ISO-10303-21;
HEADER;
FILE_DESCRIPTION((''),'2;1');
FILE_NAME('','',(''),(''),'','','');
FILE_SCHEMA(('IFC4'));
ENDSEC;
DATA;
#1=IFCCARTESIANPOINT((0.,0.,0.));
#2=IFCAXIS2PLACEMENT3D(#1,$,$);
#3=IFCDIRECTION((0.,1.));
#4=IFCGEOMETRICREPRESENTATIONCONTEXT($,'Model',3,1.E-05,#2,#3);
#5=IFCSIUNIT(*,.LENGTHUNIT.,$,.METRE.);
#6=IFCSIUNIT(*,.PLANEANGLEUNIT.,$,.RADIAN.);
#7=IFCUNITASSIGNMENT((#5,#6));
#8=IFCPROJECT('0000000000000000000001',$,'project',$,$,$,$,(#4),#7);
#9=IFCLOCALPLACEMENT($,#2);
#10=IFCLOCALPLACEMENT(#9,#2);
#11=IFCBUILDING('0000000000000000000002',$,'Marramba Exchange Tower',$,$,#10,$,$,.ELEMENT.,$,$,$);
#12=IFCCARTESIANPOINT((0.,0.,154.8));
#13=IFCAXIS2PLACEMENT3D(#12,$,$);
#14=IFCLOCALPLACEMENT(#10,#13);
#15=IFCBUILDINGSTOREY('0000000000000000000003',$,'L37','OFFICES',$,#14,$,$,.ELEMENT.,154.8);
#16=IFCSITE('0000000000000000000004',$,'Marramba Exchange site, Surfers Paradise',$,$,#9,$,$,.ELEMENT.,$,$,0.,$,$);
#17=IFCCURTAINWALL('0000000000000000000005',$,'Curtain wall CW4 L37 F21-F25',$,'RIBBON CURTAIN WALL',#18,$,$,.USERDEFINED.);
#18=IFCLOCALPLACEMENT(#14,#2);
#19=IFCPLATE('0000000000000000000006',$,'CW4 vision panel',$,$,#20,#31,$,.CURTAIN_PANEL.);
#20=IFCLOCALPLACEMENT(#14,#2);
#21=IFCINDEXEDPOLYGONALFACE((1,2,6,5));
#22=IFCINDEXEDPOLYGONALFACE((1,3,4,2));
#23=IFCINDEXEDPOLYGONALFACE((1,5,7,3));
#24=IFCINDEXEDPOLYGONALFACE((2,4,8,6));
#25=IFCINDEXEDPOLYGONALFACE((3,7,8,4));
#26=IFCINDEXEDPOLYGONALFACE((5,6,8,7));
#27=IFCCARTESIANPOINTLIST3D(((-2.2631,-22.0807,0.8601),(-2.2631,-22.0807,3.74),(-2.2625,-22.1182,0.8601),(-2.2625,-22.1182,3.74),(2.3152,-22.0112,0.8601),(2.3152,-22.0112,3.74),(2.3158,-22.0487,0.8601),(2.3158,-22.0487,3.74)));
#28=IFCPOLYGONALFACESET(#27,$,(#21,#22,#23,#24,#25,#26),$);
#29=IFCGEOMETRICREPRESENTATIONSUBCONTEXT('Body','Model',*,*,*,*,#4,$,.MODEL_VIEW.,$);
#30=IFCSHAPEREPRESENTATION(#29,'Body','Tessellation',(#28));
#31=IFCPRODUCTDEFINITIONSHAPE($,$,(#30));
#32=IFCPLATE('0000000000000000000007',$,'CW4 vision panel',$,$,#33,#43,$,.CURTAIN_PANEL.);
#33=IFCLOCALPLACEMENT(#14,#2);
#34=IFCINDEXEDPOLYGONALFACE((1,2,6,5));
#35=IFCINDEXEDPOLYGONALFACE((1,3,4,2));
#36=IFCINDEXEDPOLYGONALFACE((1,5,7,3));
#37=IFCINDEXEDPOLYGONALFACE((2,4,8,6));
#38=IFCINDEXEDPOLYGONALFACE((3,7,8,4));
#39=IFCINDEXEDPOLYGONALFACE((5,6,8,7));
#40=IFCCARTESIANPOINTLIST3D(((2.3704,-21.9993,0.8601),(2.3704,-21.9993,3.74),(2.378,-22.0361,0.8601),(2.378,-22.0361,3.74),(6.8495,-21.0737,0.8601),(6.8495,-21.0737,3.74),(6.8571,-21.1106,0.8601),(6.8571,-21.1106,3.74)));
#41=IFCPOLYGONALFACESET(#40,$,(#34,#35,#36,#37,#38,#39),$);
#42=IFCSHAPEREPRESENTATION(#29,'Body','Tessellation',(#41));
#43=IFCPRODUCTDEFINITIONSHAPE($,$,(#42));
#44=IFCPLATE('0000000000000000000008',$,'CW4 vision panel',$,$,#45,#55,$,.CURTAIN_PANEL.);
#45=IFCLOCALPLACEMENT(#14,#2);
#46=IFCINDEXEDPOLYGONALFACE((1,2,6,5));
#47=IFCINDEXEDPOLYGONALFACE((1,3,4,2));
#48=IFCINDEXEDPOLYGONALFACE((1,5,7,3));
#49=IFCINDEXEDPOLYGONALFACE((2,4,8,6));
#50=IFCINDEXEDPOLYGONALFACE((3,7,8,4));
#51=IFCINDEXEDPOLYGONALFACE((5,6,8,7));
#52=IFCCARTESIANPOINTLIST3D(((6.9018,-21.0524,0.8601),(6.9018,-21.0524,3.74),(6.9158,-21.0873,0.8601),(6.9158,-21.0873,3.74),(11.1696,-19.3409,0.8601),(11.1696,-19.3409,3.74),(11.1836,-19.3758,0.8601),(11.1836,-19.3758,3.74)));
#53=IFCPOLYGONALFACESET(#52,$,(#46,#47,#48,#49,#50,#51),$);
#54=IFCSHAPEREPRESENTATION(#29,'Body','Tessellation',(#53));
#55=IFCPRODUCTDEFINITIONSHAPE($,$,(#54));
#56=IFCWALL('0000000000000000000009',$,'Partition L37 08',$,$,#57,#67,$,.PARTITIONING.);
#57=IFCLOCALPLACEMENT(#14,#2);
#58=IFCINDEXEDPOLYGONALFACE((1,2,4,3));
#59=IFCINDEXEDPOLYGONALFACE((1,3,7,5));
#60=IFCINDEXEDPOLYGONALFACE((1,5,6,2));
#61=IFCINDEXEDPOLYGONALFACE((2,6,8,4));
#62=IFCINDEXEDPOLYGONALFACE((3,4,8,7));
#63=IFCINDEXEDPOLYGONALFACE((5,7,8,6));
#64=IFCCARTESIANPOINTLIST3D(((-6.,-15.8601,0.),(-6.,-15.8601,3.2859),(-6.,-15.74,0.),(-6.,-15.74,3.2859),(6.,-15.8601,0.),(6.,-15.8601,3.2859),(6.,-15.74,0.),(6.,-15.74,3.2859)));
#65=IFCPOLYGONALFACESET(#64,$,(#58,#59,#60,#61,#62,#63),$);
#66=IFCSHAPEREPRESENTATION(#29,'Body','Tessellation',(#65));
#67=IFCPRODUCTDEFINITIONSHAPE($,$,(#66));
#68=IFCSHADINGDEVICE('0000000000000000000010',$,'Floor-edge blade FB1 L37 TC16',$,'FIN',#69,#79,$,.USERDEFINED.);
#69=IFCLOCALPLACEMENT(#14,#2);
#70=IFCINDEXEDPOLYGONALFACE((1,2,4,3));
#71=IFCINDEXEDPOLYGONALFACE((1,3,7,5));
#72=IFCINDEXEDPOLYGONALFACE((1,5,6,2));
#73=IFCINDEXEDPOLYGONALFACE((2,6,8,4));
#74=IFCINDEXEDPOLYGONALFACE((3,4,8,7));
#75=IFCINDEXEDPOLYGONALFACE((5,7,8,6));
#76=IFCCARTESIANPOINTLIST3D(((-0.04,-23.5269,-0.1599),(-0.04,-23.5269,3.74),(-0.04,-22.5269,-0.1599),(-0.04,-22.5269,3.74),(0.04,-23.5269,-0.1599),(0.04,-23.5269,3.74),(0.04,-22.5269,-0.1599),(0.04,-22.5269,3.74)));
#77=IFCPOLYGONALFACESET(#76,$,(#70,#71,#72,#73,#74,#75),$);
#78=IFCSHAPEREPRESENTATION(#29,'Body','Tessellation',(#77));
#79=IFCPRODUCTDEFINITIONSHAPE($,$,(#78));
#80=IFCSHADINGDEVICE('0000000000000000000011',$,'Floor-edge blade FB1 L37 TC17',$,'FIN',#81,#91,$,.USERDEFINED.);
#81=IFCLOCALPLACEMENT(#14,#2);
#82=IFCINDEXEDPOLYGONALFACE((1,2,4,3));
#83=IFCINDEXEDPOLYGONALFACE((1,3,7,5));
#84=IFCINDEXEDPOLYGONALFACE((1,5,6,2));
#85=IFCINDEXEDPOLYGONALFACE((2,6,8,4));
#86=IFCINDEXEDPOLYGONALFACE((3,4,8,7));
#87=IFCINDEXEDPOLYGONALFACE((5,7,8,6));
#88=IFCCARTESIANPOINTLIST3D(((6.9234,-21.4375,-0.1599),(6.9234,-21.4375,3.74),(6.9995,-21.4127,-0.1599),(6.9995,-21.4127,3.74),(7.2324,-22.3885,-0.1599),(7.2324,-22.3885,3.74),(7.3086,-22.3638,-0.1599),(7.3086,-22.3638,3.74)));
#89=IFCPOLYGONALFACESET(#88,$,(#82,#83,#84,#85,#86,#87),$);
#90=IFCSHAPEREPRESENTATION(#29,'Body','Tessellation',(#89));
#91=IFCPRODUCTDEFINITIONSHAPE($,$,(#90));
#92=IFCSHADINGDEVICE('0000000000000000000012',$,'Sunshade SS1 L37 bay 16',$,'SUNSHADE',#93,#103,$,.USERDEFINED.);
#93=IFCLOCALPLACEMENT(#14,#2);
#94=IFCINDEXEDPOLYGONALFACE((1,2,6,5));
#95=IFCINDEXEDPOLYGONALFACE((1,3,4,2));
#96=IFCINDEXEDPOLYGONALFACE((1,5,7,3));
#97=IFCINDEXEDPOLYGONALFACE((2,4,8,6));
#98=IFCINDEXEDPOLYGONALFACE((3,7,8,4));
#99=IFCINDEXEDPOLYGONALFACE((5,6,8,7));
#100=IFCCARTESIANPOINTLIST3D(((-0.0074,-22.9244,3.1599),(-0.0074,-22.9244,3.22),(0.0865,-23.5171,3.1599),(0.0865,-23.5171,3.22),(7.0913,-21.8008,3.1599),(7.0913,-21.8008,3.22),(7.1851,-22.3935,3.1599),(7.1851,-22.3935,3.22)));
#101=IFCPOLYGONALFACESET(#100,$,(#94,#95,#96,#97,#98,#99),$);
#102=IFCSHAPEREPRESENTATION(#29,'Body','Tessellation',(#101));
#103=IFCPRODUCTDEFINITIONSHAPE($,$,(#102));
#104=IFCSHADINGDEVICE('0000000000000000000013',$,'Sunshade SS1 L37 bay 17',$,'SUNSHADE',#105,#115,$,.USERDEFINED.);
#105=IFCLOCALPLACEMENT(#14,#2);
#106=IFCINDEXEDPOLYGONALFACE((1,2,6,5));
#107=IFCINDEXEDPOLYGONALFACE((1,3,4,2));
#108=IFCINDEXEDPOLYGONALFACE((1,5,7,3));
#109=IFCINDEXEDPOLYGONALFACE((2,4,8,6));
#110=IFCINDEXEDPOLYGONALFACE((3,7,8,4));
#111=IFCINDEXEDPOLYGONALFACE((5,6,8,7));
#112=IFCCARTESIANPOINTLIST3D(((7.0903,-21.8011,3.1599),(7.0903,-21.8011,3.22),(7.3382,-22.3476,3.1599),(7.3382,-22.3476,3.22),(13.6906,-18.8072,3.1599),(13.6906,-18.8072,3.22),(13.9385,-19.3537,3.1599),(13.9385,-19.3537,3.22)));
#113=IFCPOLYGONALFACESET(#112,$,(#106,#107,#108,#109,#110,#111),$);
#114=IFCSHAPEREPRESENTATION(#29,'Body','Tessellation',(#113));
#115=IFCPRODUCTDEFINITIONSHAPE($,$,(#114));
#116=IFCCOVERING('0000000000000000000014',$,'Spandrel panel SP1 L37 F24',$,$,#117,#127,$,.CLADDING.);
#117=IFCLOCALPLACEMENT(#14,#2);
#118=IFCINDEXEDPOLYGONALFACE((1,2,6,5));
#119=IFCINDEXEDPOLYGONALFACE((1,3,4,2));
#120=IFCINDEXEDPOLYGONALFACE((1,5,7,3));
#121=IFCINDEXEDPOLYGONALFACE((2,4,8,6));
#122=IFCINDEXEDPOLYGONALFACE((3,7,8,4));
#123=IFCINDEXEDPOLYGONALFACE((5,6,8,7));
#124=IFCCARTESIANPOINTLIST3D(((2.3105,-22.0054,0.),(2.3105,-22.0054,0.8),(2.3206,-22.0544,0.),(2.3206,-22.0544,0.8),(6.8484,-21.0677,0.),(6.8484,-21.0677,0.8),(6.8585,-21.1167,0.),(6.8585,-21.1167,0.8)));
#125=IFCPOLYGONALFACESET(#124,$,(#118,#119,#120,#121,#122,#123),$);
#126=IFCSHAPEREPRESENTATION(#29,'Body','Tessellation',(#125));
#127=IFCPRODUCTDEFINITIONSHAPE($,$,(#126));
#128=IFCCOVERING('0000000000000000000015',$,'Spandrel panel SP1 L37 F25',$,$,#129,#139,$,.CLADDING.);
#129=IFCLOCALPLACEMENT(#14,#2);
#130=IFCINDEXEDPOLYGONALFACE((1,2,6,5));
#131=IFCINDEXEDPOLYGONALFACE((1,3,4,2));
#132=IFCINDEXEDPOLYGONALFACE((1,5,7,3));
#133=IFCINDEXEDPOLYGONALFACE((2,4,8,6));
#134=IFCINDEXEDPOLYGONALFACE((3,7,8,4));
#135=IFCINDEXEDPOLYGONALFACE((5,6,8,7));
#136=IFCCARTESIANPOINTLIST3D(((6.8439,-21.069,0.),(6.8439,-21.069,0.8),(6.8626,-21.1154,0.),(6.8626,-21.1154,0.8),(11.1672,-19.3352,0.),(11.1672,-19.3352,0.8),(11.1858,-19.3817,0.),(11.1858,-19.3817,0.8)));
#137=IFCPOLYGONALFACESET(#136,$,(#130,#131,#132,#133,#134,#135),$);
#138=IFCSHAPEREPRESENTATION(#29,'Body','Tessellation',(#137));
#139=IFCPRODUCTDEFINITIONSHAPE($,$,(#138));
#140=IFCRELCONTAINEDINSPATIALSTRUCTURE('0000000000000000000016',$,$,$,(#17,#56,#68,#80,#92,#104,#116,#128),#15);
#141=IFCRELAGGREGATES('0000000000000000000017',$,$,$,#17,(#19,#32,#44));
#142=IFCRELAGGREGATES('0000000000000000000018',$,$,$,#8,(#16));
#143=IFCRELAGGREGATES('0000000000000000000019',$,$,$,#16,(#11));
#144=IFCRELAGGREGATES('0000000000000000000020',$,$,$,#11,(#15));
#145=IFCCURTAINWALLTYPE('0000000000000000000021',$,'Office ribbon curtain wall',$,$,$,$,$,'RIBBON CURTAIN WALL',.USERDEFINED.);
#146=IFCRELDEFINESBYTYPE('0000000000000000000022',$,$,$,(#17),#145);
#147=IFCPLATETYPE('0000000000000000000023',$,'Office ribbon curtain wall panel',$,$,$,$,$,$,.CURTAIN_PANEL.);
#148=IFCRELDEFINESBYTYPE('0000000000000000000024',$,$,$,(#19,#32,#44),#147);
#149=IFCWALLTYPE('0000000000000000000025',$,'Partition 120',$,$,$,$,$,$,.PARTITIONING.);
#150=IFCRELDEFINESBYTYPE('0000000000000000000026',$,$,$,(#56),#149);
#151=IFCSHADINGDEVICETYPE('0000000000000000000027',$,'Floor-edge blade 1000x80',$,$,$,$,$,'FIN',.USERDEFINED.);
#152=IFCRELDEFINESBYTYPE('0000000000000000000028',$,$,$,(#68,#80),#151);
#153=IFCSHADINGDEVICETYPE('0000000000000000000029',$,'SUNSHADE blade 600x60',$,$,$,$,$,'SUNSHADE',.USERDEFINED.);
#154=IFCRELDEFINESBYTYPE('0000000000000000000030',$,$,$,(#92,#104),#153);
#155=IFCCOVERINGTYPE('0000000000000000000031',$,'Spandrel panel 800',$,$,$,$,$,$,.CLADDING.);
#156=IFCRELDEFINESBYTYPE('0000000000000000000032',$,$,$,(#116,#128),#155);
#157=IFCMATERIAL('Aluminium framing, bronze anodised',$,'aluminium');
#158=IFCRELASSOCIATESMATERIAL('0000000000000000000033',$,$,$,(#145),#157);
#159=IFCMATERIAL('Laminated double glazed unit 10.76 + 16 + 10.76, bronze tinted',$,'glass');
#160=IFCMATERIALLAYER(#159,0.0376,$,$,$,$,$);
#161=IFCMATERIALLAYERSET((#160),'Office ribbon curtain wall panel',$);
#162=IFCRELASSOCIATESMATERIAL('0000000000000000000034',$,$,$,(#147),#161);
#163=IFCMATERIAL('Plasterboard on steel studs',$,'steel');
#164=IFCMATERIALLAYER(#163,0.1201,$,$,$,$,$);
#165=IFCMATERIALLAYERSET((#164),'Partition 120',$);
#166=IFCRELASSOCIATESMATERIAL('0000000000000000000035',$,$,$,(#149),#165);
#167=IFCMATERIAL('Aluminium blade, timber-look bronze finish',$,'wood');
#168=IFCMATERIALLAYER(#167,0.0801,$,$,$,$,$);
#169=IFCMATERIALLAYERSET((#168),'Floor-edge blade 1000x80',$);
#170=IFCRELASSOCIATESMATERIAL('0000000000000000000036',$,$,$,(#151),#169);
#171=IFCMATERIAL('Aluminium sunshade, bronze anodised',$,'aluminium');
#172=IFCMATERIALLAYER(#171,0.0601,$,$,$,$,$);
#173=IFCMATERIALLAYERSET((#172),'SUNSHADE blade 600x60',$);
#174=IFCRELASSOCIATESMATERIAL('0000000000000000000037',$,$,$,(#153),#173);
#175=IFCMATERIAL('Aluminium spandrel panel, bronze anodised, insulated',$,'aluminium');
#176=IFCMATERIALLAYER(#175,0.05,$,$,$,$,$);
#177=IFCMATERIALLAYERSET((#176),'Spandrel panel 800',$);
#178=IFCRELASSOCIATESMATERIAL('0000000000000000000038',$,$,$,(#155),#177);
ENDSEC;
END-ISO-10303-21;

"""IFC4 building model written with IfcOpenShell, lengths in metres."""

from ifc_helpers import new_model, si_unit, direction, frame, frame_2d, origin, origin_2d, place, context, subcontext, project, spatial, rectangle, extrude, material, layer, layer_set, type_object, element, aggregate, save


model = new_model("IFC4")

# Units and contexts
model_context = context("Model", 3, precision=1e-05, world=origin(), true_north=direction((0.0, 1.0)))
body_context = subcontext(model_context, "Body", "Model", "MODEL_VIEW")
ifc_project = project(units=[si_unit("LENGTHUNIT", "METRE"), si_unit("PLANEANGLEUNIT", "RADIAN")], contexts=[model_context])

# Site, building, storey
site_placement = place(None, origin())
site = spatial("IfcSite", under=ifc_project, at=site_placement, Name="Marramba Exchange site, Surfers Paradise", CompositionType="ELEMENT", RefElevation=0.0)
building_placement = place(site_placement, origin())
building = spatial("IfcBuilding", under=site, at=building_placement, Name="Marramba Exchange Tower", CompositionType="ELEMENT")
storey_placement = place(building_placement, frame((0.0, 0.0, 154.8)))
storey = spatial("IfcBuildingStorey", under=building, at=storey_placement, Name="L37", Description="OFFICES", CompositionType="ELEMENT", Elevation=154.8)

# Curtain wall
ifc_material_1 = material(Name="Aluminium framing, bronze anodised", Category="aluminium")
curtain_wall_type = type_object("IfcCurtainWallType", Name="Office ribbon curtain wall", ElementType="RIBBON CURTAIN WALL", PredefinedType="USERDEFINED", material=ifc_material_1)
curtain_wall_1_placement = place(storey_placement, origin())
curtain_wall_1 = element("IfcCurtainWall", 1, at=curtain_wall_1_placement, inside=storey, type_object=curtain_wall_type, Name="Curtain wall CW4 L37 F21-F25", ObjectType="RIBBON CURTAIN WALL", PredefinedType="USERDEFINED")

# Plates
ifc_material_2 = material(Name="Laminated double glazed unit 10.76 + 16 + 10.76, bronze tinted", Category="glass")
ifc_layer_1 = layer(ifc_material_2, 0.0376)
ifc_layer_set_1 = layer_set([ifc_layer_1], Name="Office ribbon curtain wall panel")
plate_type = type_object("IfcPlateType", Name="Office ribbon curtain wall panel", PredefinedType="CURTAIN_PANEL", material=ifc_layer_set_1)
plate_1_placement = place(storey_placement, frame((0.0264, -22.0647, 0.8601), z_axis=(0.0, 0.0, 1.0), x_axis=(0.999885, 0.015179, 0.0)))
plate_1 = element("IfcPlate", 2, at=plate_1_placement, type_object=plate_type, Name="CW4 vision panel", PredefinedType="CURTAIN_PANEL", context=body_context, shape_type="SweptSolid", body=[
    extrude(rectangle(XDim=4.5789, YDim=0.0376, at=origin_2d()), origin(), (0.0, 0.0, 1.0), 2.8799),
])
plate_2_placement = place(storey_placement, frame((4.6138, -21.5549, 0.8601), z_axis=(0.0, 0.0, 1.0), x_axis=(0.97931, 0.202365, 0.0)))
plate_2 = element("IfcPlate", 3, at=plate_2_placement, type_object=plate_type, Name="CW4 vision panel", PredefinedType="CURTAIN_PANEL", context=body_context, shape_type="SweptSolid", body=[
    extrude(rectangle(XDim=4.5737, YDim=0.0376, at=origin_2d()), origin(), (0.0, 0.0, 1.0), 2.8799),
])
plate_3_placement = place(storey_placement, frame((9.0427, -20.2141, 0.8601), z_axis=(0.0, 0.0, 1.0), x_axis=(0.928149, 0.372209, 0.0)))
plate_3 = element("IfcPlate", 4, at=plate_3_placement, type_object=plate_type, Name="CW4 vision panel", PredefinedType="CURTAIN_PANEL", context=body_context, shape_type="SweptSolid", body=[
    extrude(rectangle(XDim=4.5981, YDim=0.0376, at=origin_2d()), origin(), (0.0, 0.0, 1.0), 2.8799),
])
aggregate(curtain_wall_1, [plate_1, plate_2, plate_3])

# Wall
ifc_material_3 = material(Name="Plasterboard on steel studs", Category="steel")
ifc_layer_2 = layer(ifc_material_3, 0.1201)
ifc_layer_set_2 = layer_set([ifc_layer_2], Name="Partition 120")
wall_type = type_object("IfcWallType", Name="Partition 120", PredefinedType="PARTITIONING", material=ifc_layer_set_2)
wall_placement = place(storey_placement, frame((6.0, -15.8, 0.0), z_axis=(0.0, 0.0, 1.0), x_axis=(-1.0, 0.0, 0.0)))
element("IfcWall", 5, at=wall_placement, inside=storey, type_object=wall_type, Name="Partition L37 08", PredefinedType="PARTITIONING", context=body_context, shape_type="SweptSolid", body=[
    extrude(rectangle(XDim=12.0, YDim=0.1201, at=frame_2d((6.0, 0.0))), origin(), (0.0, 0.0, 1.0), 3.2859),
])

# Shading devices
ifc_material_4 = material(Name="Aluminium blade, timber-look bronze finish", Category="wood")
ifc_layer_3 = layer(ifc_material_4, 0.0801)
ifc_layer_set_3 = layer_set([ifc_layer_3], Name="Floor-edge blade 1000x80")
shading_device_type_1 = type_object("IfcShadingDeviceType", Name="Floor-edge blade 1000x80", ElementType="FIN", PredefinedType="USERDEFINED", material=ifc_layer_set_3)
for number, where, z_axis, x_axis, name in (
    (6, (0.0, -23.0269, -0.1599), (0.0, 0.0, 1.0), (0.0, -1.0, 0.0), "Floor-edge blade FB1 L37 TC16"),
    (7, (7.116, -21.9006, -0.1599), (0.0, 0.0, 1.0), (0.309017, -0.951057, 0.0), "Floor-edge blade FB1 L37 TC17"),
):
    element("IfcShadingDevice", number, at=place(storey_placement, frame(where, z_axis=z_axis, x_axis=x_axis)), inside=storey, type_object=shading_device_type_1, Name=name, ObjectType="FIN", PredefinedType="USERDEFINED", context=body_context, shape_type="SweptSolid", body=[
        extrude(rectangle(XDim=1.0, YDim=0.0801, at=origin_2d()), origin(), (0.0, 0.0, 1.0), 3.8999),
    ])
ifc_material_5 = material(Name="Aluminium sunshade, bronze anodised", Category="aluminium")
ifc_layer_4 = layer(ifc_material_5, 0.0601)
ifc_layer_set_4 = layer_set([ifc_layer_4], Name="SUNSHADE blade 600x60")
shading_device_type_2 = type_object("IfcShadingDeviceType", Name="SUNSHADE blade 600x60", ElementType="SUNSHADE", PredefinedType="USERDEFINED", material=ifc_layer_set_4)
shading_device_1_placement = place(storey_placement, frame((3.5889, -22.6589, 3.1599), z_axis=(0.0, 0.0, 1.0), x_axis=(0.987705, 0.15633, 0.0)))
element("IfcShadingDevice", 8, at=shading_device_1_placement, inside=storey, type_object=shading_device_type_2, Name="Sunshade SS1 L37 bay 16", ObjectType="SUNSHADE", PredefinedType="USERDEFINED", context=body_context, shape_type="SweptSolid", body=[
    extrude(rectangle(XDim=7.187, YDim=0.6001, at=origin_2d()), origin(), (0.0, 0.0, 1.0), 0.0601),
])
shading_device_2_placement = place(storey_placement, frame((10.5144, -20.5774, 3.1599), z_axis=(0.0, 0.0, 1.0), x_axis=(0.910692, 0.413086, 0.0)))
element("IfcShadingDevice", 9, at=shading_device_2_placement, inside=storey, type_object=shading_device_type_2, Name="Sunshade SS1 L37 bay 17", ObjectType="SUNSHADE", PredefinedType="USERDEFINED", context=body_context, shape_type="SweptSolid", body=[
    extrude(rectangle(XDim=7.2476, YDim=0.6001, at=origin_2d()), origin(), (0.0, 0.0, 1.0), 0.0601),
])

# Coverings
ifc_material_6 = material(Name="Aluminium spandrel panel, bronze anodised, insulated", Category="aluminium")
ifc_layer_5 = layer(ifc_material_6, 0.05)
ifc_layer_set_5 = layer_set([ifc_layer_5], Name="Spandrel panel 800")
covering_type = type_object("IfcCoveringType", Name="Spandrel panel 800", PredefinedType="CLADDING", material=ifc_layer_set_5)
covering_1_placement = place(storey_placement, frame((4.5845, -21.561, 0.0), z_axis=(0.0, 0.0, 1.0), x_axis=(0.97931, 0.202365, 0.0)))
element("IfcCovering", 10, at=covering_1_placement, inside=storey, type_object=covering_type, Name="Spandrel panel SP1 L37 F24", PredefinedType="CLADDING", context=body_context, shape_type="SweptSolid", body=[
    extrude(rectangle(XDim=4.6338, YDim=0.05, at=origin_2d()), origin(), (0.0, 0.0, 1.0), 0.8),
])
covering_2_placement = place(storey_placement, frame((9.0149, -20.2253, 0.0), z_axis=(0.0, 0.0, 1.0), x_axis=(0.928149, 0.372209, 0.0)))
element("IfcCovering", 11, at=covering_2_placement, inside=storey, type_object=covering_type, Name="Spandrel panel SP1 L37 F25", PredefinedType="CLADDING", context=body_context, shape_type="SweptSolid", body=[
    extrude(rectangle(XDim=4.658, YDim=0.05, at=origin_2d()), origin(), (0.0, 0.0, 1.0), 0.8),
])

save(model, "model.ifc")
